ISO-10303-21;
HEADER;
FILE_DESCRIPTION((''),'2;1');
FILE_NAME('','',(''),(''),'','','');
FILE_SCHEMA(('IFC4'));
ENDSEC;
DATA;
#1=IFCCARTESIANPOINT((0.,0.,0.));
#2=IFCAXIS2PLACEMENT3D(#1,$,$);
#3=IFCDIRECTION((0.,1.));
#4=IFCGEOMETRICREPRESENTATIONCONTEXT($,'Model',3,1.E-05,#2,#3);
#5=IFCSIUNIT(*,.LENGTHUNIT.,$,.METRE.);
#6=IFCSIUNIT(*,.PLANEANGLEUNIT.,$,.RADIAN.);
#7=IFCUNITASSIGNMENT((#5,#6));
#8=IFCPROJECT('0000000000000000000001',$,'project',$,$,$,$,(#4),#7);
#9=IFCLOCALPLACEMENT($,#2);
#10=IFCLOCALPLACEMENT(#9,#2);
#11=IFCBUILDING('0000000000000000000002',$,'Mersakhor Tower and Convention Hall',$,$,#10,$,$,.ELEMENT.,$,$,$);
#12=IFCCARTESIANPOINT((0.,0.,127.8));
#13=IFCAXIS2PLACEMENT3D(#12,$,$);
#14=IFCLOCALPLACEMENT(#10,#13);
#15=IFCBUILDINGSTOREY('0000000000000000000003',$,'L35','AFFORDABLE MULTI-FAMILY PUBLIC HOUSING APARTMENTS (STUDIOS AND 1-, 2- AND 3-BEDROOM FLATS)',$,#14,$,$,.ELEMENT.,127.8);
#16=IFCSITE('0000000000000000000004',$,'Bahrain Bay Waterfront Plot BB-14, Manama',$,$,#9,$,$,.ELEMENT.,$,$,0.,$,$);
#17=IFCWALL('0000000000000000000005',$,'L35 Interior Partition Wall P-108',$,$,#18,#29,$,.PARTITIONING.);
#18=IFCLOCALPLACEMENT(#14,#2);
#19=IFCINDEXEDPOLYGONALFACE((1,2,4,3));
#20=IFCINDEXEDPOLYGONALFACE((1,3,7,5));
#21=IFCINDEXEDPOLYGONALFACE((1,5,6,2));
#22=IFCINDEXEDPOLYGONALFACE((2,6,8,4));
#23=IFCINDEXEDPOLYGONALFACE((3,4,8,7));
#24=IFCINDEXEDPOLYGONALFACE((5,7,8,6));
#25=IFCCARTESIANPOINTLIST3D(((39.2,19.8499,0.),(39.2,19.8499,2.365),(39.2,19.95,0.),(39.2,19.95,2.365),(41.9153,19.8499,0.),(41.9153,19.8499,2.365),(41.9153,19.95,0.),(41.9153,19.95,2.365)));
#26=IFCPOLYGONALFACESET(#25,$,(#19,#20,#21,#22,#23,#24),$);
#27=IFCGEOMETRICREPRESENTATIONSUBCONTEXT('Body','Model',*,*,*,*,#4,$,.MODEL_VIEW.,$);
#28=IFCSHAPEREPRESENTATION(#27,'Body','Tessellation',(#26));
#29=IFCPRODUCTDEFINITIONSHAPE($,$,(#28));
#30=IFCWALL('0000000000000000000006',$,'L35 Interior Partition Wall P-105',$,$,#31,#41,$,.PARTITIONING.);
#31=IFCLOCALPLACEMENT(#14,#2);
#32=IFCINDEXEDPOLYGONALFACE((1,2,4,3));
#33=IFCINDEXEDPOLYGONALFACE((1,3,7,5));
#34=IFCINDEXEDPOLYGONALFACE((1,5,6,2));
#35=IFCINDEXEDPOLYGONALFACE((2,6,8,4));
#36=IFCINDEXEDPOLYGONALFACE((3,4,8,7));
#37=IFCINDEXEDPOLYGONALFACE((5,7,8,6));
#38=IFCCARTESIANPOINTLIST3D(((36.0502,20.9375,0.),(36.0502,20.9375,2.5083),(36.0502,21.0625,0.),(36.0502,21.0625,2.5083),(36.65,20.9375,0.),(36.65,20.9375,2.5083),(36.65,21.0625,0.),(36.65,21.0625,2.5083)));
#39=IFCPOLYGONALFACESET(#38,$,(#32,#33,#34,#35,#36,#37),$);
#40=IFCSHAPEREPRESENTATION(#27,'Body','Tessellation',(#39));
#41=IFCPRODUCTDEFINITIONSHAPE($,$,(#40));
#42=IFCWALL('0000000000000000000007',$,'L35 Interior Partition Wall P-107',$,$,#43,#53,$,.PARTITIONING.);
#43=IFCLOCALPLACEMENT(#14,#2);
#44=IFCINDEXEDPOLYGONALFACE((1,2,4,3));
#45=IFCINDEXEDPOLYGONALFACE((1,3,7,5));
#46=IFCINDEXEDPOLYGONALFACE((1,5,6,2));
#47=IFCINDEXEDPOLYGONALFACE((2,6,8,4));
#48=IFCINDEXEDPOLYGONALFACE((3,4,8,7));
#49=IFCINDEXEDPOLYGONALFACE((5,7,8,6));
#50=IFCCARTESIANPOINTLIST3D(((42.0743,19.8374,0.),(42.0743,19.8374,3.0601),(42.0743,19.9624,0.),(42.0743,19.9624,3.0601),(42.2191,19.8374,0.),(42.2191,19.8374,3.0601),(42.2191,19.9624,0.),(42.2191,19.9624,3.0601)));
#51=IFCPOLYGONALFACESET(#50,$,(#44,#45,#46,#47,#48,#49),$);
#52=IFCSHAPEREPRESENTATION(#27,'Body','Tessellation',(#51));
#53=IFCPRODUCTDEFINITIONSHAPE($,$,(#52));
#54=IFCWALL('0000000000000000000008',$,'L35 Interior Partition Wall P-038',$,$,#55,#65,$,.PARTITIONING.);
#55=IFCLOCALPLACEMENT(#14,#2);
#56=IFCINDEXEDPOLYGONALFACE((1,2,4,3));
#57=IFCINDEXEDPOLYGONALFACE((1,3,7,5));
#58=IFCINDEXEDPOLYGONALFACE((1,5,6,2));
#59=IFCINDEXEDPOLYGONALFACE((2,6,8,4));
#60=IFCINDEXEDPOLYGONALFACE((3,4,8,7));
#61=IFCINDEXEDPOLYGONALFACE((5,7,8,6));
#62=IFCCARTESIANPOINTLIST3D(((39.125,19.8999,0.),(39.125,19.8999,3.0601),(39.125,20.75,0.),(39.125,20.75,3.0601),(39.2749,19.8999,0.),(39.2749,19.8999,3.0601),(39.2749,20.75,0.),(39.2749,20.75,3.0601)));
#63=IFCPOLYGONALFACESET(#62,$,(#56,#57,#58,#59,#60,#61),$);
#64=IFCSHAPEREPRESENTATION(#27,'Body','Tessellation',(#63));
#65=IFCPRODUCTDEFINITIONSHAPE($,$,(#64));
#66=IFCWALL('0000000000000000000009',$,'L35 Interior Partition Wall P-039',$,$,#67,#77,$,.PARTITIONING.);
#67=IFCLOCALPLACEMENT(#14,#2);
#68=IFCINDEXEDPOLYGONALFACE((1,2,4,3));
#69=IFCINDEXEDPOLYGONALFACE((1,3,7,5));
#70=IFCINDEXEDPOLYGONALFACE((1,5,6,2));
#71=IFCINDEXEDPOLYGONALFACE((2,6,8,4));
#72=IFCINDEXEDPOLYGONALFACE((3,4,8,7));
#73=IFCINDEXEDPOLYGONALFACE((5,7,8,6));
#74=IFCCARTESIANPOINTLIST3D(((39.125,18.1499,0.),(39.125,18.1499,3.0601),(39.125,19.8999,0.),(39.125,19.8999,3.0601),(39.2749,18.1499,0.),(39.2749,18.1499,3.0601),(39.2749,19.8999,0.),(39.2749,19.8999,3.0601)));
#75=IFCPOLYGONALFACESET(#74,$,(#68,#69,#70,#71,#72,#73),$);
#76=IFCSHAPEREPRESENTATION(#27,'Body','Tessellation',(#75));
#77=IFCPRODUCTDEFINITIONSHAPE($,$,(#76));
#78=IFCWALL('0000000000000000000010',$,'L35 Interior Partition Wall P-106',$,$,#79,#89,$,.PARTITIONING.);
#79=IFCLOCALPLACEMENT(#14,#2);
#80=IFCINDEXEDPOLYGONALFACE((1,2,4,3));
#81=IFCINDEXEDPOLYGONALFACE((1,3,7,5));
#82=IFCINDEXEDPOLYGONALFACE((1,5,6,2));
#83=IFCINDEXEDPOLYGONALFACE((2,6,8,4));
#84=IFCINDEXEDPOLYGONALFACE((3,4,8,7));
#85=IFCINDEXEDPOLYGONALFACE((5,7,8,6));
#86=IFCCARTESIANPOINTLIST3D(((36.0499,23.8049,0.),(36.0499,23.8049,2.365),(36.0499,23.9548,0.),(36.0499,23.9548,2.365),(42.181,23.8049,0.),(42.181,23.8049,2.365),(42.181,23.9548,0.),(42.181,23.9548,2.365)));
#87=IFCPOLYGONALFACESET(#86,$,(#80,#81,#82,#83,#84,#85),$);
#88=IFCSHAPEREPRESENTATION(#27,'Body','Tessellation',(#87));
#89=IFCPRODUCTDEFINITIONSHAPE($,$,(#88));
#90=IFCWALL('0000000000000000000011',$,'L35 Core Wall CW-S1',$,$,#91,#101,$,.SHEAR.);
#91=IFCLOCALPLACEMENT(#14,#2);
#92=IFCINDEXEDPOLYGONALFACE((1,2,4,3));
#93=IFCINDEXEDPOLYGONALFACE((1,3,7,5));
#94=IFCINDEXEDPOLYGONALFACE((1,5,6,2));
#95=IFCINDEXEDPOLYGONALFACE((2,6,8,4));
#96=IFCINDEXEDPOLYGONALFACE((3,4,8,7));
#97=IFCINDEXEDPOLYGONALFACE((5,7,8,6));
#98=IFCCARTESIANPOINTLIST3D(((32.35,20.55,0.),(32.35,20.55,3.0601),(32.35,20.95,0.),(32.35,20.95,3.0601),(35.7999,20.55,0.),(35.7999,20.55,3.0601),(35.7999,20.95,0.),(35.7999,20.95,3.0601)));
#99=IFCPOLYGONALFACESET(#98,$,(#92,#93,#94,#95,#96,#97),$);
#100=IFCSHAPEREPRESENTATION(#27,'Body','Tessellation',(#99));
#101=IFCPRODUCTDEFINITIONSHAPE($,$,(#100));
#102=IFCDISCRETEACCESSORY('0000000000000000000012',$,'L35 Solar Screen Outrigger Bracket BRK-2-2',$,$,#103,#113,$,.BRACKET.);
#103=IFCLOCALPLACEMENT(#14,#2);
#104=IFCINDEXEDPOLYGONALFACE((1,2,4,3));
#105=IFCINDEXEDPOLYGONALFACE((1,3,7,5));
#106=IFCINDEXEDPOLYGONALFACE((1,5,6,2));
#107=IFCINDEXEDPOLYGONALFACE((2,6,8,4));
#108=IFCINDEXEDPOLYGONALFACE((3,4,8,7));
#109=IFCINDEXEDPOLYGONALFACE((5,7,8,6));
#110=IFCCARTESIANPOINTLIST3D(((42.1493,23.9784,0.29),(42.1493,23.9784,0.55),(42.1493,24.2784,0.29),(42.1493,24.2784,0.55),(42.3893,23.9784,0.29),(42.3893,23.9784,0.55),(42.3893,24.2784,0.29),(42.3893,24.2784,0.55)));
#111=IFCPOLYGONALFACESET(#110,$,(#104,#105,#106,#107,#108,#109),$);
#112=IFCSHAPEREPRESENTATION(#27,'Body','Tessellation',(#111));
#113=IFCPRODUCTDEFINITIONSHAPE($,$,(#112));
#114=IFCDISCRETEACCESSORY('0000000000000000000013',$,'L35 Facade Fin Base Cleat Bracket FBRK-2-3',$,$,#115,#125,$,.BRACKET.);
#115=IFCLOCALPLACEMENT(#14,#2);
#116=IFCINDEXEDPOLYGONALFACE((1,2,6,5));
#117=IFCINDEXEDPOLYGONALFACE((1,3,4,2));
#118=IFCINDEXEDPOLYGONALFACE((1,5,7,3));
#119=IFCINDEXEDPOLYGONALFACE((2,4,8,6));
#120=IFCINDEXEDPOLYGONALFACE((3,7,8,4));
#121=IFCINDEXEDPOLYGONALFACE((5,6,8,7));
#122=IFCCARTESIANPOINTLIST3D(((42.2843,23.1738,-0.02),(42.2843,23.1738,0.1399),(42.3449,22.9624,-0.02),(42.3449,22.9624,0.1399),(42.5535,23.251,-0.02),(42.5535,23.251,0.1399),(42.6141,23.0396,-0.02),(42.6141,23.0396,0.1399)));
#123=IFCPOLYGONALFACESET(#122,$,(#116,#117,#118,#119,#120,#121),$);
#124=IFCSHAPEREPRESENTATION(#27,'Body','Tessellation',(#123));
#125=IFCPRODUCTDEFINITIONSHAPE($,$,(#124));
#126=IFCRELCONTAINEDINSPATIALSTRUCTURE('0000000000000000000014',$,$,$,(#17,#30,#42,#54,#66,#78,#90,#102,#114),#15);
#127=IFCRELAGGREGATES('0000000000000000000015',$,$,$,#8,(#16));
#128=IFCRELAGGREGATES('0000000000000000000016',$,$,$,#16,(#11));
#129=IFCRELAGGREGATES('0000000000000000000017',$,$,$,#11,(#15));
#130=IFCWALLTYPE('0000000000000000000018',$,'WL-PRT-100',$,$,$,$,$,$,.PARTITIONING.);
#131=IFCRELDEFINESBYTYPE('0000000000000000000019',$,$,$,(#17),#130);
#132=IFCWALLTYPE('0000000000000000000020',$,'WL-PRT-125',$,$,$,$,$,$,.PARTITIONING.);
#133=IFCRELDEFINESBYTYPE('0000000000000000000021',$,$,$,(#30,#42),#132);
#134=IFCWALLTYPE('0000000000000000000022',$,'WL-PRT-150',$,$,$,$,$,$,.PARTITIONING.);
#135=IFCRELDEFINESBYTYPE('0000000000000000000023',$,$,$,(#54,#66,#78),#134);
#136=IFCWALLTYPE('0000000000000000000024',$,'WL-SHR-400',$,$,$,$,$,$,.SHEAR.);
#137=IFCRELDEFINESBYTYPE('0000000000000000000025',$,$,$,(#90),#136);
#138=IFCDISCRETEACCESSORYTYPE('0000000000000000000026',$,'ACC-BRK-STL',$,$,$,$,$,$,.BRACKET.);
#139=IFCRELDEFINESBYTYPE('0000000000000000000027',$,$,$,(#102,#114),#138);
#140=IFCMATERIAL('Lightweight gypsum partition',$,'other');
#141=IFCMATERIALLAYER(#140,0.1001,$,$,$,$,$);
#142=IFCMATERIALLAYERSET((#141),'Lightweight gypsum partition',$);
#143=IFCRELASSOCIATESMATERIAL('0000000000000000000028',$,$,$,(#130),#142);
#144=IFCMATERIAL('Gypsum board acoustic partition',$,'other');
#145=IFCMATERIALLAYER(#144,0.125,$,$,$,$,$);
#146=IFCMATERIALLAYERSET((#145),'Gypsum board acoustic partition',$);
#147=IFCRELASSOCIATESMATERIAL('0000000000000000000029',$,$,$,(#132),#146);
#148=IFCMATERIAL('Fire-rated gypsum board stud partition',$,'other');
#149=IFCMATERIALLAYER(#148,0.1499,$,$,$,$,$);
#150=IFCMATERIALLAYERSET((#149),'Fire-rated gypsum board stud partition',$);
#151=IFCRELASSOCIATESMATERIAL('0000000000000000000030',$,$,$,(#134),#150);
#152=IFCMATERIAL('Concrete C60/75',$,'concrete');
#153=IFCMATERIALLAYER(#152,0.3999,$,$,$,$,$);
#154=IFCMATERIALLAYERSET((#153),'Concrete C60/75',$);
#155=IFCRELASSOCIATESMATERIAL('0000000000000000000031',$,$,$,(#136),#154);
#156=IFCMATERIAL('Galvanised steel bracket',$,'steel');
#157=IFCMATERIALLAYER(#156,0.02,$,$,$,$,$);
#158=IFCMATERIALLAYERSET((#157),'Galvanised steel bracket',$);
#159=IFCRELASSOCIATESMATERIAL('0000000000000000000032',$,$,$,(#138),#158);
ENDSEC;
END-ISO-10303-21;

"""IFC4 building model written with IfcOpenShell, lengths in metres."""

from ifc_helpers import new_model, si_unit, direction, frame, frame_2d, origin, origin_2d, place, context, subcontext, project, spatial, rectangle, extrude, material, layer, layer_set, type_object, element, save


model = new_model("IFC4")

# Units and contexts
model_context = context("Model", 3, precision=1e-05, world=origin(), true_north=direction((0.0, 1.0)))
body_context = subcontext(model_context, "Body", "Model", "MODEL_VIEW")
ifc_project = project(units=[si_unit("LENGTHUNIT", "METRE"), si_unit("PLANEANGLEUNIT", "RADIAN")], contexts=[model_context])

# Site, building, storey
site_placement = place(None, origin())
site = spatial("IfcSite", under=ifc_project, at=site_placement, Name="Bahrain Bay Waterfront Plot BB-14, Manama", CompositionType="ELEMENT", RefElevation=0.0)
building_placement = place(site_placement, origin())
building = spatial("IfcBuilding", under=site, at=building_placement, Name="Mersakhor Tower and Convention Hall", CompositionType="ELEMENT")
storey_placement = place(building_placement, frame((0.0, 0.0, 127.8)))
storey = spatial("IfcBuildingStorey", under=building, at=storey_placement, Name="L35", Description="AFFORDABLE MULTI-FAMILY PUBLIC HOUSING APARTMENTS (STUDIOS AND 1-, 2- AND 3-BEDROOM FLATS)", CompositionType="ELEMENT", Elevation=127.8)

# Walls
ifc_material_1 = material(Name="Lightweight gypsum partition", Category="other")
ifc_layer_1 = layer(ifc_material_1, 0.1001)
ifc_layer_set_1 = layer_set([ifc_layer_1], Name="Lightweight gypsum partition")
wall_type_1 = type_object("IfcWallType", Name="WL-PRT-100", PredefinedType="PARTITIONING", material=ifc_layer_set_1)
wall_1_placement = place(storey_placement, frame((41.9153, 19.8999, 0.0), z_axis=(0.0, 0.0, 1.0), x_axis=(-1.0, 0.0, 0.0)))
element("IfcWall", 1, at=wall_1_placement, inside=storey, type_object=wall_type_1, Name="L35 Interior Partition Wall P-108", PredefinedType="PARTITIONING", context=body_context, shape_type="SweptSolid", body=[
    extrude(rectangle(XDim=2.7153, YDim=0.1001, at=frame_2d((1.3577, 0.0))), origin(), (0.0, 0.0, 1.0), 2.365),
])
ifc_material_2 = material(Name="Gypsum board acoustic partition", Category="other")
ifc_layer_2 = layer(ifc_material_2, 0.125)
ifc_layer_set_2 = layer_set([ifc_layer_2], Name="Gypsum board acoustic partition")
wall_type_2 = type_object("IfcWallType", Name="WL-PRT-125", PredefinedType="PARTITIONING", material=ifc_layer_set_2)
wall_2_placement = place(storey_placement, frame((36.6499, 21.0, 0.0), z_axis=(0.0, 0.0, 1.0), x_axis=(-1.0, 0.0, 0.0)))
element("IfcWall", 2, at=wall_2_placement, inside=storey, type_object=wall_type_2, Name="L35 Interior Partition Wall P-105", PredefinedType="PARTITIONING", context=body_context, shape_type="SweptSolid", body=[
    extrude(rectangle(XDim=0.5999, YDim=0.125, at=frame_2d((0.2998, 0.0))), origin(), (0.0, 0.0, 1.0), 2.5083),
])
wall_3_placement = place(storey_placement, frame((42.219, 19.8999, 0.0), z_axis=(0.0, 0.0, 1.0), x_axis=(-1.0, 0.0, 0.0)))
element("IfcWall", 3, at=wall_3_placement, inside=storey, type_object=wall_type_2, Name="L35 Interior Partition Wall P-107", PredefinedType="PARTITIONING", context=body_context, shape_type="SweptSolid", body=[
    extrude(rectangle(XDim=0.1448, YDim=0.125, at=frame_2d((0.0723, 0.0))), origin(), (0.0, 0.0, 1.0), 3.0601),
])

# Shared definitions
ifc_material_3 = material(Name="Fire-rated gypsum board stud partition", Category="other")
ifc_layer_3 = layer(ifc_material_3, 0.1499)
ifc_layer_set_3 = layer_set([ifc_layer_3], Name="Fire-rated gypsum board stud partition")
wall_type_3 = type_object("IfcWallType", Name="WL-PRT-150", PredefinedType="PARTITIONING", material=ifc_layer_set_3)

# Walls
wall_4_placement = place(storey_placement, frame((39.2, 20.75, 0.0), z_axis=(0.0, 0.0, 1.0), x_axis=(0.0, -1.0, 0.0)))
element("IfcWall", 4, at=wall_4_placement, inside=storey, type_object=wall_type_3, Name="L35 Interior Partition Wall P-038", PredefinedType="PARTITIONING", context=body_context, shape_type="SweptSolid", body=[
    extrude(rectangle(XDim=0.8501, YDim=0.1499, at=frame_2d((0.425, 0.0))), origin(), (0.0, 0.0, 1.0), 3.0601),
])
wall_5_placement = place(storey_placement, frame((39.2, 19.8999, 0.0), z_axis=(0.0, 0.0, 1.0), x_axis=(0.0, -1.0, 0.0)))
element("IfcWall", 5, at=wall_5_placement, inside=storey, type_object=wall_type_3, Name="L35 Interior Partition Wall P-039", PredefinedType="PARTITIONING", context=body_context, shape_type="SweptSolid", body=[
    extrude(rectangle(XDim=1.75, YDim=0.1499, at=frame_2d((0.875, 0.0))), origin(), (0.0, 0.0, 1.0), 3.0601),
])
wall_6_placement = place(storey_placement, frame((36.05, 23.8799, 0.0), z_axis=(0.0, 0.0, 1.0), x_axis=(1.0, 0.0, 0.0)))
element("IfcWall", 6, at=wall_6_placement, inside=storey, type_object=wall_type_3, Name="L35 Interior Partition Wall P-106", PredefinedType="PARTITIONING", context=body_context, shape_type="SweptSolid", body=[
    extrude(rectangle(XDim=6.1311, YDim=0.1499, at=frame_2d((3.0654, 0.0))), origin(), (0.0, 0.0, 1.0), 2.365),
])
ifc_material_4 = material(Name="Concrete C60/75", Category="concrete")
ifc_layer_4 = layer(ifc_material_4, 0.3999)
ifc_layer_set_4 = layer_set([ifc_layer_4], Name="Concrete C60/75")
wall_type_4 = type_object("IfcWallType", Name="WL-SHR-400", PredefinedType="SHEAR", material=ifc_layer_set_4)
wall_7_placement = place(storey_placement, frame((35.8, 20.75, 0.0), z_axis=(0.0, 0.0, 1.0), x_axis=(-1.0, 0.0, 0.0)))
element("IfcWall", 7, at=wall_7_placement, inside=storey, type_object=wall_type_4, Name="L35 Core Wall CW-S1", PredefinedType="SHEAR", context=body_context, shape_type="SweptSolid", body=[
    extrude(rectangle(XDim=3.45, YDim=0.3999, at=frame_2d((1.7251, 0.0))), origin(), (0.0, 0.0, 1.0), 3.0601),
])

# Discrete accessories
ifc_material_5 = material(Name="Galvanised steel bracket", Category="steel")
ifc_layer_5 = layer(ifc_material_5, 0.02)
ifc_layer_set_5 = layer_set([ifc_layer_5], Name="Galvanised steel bracket")
discrete_accessory_type = type_object("IfcDiscreteAccessoryType", Name="ACC-BRK-STL", PredefinedType="BRACKET", material=ifc_layer_set_5)
discrete_accessory_1_placement = place(storey_placement, frame((42.2693, 24.1284, 0.29), z_axis=(0.0, 0.0, 1.0), x_axis=(0.0, -1.0, 0.0)))
element("IfcDiscreteAccessory", 8, at=discrete_accessory_1_placement, inside=storey, type_object=discrete_accessory_type, Name="L35 Solar Screen Outrigger Bracket BRK-2-2", PredefinedType="BRACKET", context=body_context, shape_type="SweptSolid", body=[
    extrude(rectangle(XDim=0.3, YDim=0.24, at=origin_2d()), origin(), (0.0, 0.0, 1.0), 0.26),
])
discrete_accessory_2_placement = place(storey_placement, frame((42.4492, 23.1067, -0.02), z_axis=(0.0, 0.0, 1.0), x_axis=(0.961262, 0.275637, 0.0)))
element("IfcDiscreteAccessory", 9, at=discrete_accessory_2_placement, inside=storey, type_object=discrete_accessory_type, Name="L35 Facade Fin Base Cleat Bracket FBRK-2-3", PredefinedType="BRACKET", context=body_context, shape_type="SweptSolid", body=[
    extrude(rectangle(XDim=0.28, YDim=0.22, at=origin_2d()), origin(), (0.0, 0.0, 1.0), 0.1599),
])

save(model, "model.ifc")
